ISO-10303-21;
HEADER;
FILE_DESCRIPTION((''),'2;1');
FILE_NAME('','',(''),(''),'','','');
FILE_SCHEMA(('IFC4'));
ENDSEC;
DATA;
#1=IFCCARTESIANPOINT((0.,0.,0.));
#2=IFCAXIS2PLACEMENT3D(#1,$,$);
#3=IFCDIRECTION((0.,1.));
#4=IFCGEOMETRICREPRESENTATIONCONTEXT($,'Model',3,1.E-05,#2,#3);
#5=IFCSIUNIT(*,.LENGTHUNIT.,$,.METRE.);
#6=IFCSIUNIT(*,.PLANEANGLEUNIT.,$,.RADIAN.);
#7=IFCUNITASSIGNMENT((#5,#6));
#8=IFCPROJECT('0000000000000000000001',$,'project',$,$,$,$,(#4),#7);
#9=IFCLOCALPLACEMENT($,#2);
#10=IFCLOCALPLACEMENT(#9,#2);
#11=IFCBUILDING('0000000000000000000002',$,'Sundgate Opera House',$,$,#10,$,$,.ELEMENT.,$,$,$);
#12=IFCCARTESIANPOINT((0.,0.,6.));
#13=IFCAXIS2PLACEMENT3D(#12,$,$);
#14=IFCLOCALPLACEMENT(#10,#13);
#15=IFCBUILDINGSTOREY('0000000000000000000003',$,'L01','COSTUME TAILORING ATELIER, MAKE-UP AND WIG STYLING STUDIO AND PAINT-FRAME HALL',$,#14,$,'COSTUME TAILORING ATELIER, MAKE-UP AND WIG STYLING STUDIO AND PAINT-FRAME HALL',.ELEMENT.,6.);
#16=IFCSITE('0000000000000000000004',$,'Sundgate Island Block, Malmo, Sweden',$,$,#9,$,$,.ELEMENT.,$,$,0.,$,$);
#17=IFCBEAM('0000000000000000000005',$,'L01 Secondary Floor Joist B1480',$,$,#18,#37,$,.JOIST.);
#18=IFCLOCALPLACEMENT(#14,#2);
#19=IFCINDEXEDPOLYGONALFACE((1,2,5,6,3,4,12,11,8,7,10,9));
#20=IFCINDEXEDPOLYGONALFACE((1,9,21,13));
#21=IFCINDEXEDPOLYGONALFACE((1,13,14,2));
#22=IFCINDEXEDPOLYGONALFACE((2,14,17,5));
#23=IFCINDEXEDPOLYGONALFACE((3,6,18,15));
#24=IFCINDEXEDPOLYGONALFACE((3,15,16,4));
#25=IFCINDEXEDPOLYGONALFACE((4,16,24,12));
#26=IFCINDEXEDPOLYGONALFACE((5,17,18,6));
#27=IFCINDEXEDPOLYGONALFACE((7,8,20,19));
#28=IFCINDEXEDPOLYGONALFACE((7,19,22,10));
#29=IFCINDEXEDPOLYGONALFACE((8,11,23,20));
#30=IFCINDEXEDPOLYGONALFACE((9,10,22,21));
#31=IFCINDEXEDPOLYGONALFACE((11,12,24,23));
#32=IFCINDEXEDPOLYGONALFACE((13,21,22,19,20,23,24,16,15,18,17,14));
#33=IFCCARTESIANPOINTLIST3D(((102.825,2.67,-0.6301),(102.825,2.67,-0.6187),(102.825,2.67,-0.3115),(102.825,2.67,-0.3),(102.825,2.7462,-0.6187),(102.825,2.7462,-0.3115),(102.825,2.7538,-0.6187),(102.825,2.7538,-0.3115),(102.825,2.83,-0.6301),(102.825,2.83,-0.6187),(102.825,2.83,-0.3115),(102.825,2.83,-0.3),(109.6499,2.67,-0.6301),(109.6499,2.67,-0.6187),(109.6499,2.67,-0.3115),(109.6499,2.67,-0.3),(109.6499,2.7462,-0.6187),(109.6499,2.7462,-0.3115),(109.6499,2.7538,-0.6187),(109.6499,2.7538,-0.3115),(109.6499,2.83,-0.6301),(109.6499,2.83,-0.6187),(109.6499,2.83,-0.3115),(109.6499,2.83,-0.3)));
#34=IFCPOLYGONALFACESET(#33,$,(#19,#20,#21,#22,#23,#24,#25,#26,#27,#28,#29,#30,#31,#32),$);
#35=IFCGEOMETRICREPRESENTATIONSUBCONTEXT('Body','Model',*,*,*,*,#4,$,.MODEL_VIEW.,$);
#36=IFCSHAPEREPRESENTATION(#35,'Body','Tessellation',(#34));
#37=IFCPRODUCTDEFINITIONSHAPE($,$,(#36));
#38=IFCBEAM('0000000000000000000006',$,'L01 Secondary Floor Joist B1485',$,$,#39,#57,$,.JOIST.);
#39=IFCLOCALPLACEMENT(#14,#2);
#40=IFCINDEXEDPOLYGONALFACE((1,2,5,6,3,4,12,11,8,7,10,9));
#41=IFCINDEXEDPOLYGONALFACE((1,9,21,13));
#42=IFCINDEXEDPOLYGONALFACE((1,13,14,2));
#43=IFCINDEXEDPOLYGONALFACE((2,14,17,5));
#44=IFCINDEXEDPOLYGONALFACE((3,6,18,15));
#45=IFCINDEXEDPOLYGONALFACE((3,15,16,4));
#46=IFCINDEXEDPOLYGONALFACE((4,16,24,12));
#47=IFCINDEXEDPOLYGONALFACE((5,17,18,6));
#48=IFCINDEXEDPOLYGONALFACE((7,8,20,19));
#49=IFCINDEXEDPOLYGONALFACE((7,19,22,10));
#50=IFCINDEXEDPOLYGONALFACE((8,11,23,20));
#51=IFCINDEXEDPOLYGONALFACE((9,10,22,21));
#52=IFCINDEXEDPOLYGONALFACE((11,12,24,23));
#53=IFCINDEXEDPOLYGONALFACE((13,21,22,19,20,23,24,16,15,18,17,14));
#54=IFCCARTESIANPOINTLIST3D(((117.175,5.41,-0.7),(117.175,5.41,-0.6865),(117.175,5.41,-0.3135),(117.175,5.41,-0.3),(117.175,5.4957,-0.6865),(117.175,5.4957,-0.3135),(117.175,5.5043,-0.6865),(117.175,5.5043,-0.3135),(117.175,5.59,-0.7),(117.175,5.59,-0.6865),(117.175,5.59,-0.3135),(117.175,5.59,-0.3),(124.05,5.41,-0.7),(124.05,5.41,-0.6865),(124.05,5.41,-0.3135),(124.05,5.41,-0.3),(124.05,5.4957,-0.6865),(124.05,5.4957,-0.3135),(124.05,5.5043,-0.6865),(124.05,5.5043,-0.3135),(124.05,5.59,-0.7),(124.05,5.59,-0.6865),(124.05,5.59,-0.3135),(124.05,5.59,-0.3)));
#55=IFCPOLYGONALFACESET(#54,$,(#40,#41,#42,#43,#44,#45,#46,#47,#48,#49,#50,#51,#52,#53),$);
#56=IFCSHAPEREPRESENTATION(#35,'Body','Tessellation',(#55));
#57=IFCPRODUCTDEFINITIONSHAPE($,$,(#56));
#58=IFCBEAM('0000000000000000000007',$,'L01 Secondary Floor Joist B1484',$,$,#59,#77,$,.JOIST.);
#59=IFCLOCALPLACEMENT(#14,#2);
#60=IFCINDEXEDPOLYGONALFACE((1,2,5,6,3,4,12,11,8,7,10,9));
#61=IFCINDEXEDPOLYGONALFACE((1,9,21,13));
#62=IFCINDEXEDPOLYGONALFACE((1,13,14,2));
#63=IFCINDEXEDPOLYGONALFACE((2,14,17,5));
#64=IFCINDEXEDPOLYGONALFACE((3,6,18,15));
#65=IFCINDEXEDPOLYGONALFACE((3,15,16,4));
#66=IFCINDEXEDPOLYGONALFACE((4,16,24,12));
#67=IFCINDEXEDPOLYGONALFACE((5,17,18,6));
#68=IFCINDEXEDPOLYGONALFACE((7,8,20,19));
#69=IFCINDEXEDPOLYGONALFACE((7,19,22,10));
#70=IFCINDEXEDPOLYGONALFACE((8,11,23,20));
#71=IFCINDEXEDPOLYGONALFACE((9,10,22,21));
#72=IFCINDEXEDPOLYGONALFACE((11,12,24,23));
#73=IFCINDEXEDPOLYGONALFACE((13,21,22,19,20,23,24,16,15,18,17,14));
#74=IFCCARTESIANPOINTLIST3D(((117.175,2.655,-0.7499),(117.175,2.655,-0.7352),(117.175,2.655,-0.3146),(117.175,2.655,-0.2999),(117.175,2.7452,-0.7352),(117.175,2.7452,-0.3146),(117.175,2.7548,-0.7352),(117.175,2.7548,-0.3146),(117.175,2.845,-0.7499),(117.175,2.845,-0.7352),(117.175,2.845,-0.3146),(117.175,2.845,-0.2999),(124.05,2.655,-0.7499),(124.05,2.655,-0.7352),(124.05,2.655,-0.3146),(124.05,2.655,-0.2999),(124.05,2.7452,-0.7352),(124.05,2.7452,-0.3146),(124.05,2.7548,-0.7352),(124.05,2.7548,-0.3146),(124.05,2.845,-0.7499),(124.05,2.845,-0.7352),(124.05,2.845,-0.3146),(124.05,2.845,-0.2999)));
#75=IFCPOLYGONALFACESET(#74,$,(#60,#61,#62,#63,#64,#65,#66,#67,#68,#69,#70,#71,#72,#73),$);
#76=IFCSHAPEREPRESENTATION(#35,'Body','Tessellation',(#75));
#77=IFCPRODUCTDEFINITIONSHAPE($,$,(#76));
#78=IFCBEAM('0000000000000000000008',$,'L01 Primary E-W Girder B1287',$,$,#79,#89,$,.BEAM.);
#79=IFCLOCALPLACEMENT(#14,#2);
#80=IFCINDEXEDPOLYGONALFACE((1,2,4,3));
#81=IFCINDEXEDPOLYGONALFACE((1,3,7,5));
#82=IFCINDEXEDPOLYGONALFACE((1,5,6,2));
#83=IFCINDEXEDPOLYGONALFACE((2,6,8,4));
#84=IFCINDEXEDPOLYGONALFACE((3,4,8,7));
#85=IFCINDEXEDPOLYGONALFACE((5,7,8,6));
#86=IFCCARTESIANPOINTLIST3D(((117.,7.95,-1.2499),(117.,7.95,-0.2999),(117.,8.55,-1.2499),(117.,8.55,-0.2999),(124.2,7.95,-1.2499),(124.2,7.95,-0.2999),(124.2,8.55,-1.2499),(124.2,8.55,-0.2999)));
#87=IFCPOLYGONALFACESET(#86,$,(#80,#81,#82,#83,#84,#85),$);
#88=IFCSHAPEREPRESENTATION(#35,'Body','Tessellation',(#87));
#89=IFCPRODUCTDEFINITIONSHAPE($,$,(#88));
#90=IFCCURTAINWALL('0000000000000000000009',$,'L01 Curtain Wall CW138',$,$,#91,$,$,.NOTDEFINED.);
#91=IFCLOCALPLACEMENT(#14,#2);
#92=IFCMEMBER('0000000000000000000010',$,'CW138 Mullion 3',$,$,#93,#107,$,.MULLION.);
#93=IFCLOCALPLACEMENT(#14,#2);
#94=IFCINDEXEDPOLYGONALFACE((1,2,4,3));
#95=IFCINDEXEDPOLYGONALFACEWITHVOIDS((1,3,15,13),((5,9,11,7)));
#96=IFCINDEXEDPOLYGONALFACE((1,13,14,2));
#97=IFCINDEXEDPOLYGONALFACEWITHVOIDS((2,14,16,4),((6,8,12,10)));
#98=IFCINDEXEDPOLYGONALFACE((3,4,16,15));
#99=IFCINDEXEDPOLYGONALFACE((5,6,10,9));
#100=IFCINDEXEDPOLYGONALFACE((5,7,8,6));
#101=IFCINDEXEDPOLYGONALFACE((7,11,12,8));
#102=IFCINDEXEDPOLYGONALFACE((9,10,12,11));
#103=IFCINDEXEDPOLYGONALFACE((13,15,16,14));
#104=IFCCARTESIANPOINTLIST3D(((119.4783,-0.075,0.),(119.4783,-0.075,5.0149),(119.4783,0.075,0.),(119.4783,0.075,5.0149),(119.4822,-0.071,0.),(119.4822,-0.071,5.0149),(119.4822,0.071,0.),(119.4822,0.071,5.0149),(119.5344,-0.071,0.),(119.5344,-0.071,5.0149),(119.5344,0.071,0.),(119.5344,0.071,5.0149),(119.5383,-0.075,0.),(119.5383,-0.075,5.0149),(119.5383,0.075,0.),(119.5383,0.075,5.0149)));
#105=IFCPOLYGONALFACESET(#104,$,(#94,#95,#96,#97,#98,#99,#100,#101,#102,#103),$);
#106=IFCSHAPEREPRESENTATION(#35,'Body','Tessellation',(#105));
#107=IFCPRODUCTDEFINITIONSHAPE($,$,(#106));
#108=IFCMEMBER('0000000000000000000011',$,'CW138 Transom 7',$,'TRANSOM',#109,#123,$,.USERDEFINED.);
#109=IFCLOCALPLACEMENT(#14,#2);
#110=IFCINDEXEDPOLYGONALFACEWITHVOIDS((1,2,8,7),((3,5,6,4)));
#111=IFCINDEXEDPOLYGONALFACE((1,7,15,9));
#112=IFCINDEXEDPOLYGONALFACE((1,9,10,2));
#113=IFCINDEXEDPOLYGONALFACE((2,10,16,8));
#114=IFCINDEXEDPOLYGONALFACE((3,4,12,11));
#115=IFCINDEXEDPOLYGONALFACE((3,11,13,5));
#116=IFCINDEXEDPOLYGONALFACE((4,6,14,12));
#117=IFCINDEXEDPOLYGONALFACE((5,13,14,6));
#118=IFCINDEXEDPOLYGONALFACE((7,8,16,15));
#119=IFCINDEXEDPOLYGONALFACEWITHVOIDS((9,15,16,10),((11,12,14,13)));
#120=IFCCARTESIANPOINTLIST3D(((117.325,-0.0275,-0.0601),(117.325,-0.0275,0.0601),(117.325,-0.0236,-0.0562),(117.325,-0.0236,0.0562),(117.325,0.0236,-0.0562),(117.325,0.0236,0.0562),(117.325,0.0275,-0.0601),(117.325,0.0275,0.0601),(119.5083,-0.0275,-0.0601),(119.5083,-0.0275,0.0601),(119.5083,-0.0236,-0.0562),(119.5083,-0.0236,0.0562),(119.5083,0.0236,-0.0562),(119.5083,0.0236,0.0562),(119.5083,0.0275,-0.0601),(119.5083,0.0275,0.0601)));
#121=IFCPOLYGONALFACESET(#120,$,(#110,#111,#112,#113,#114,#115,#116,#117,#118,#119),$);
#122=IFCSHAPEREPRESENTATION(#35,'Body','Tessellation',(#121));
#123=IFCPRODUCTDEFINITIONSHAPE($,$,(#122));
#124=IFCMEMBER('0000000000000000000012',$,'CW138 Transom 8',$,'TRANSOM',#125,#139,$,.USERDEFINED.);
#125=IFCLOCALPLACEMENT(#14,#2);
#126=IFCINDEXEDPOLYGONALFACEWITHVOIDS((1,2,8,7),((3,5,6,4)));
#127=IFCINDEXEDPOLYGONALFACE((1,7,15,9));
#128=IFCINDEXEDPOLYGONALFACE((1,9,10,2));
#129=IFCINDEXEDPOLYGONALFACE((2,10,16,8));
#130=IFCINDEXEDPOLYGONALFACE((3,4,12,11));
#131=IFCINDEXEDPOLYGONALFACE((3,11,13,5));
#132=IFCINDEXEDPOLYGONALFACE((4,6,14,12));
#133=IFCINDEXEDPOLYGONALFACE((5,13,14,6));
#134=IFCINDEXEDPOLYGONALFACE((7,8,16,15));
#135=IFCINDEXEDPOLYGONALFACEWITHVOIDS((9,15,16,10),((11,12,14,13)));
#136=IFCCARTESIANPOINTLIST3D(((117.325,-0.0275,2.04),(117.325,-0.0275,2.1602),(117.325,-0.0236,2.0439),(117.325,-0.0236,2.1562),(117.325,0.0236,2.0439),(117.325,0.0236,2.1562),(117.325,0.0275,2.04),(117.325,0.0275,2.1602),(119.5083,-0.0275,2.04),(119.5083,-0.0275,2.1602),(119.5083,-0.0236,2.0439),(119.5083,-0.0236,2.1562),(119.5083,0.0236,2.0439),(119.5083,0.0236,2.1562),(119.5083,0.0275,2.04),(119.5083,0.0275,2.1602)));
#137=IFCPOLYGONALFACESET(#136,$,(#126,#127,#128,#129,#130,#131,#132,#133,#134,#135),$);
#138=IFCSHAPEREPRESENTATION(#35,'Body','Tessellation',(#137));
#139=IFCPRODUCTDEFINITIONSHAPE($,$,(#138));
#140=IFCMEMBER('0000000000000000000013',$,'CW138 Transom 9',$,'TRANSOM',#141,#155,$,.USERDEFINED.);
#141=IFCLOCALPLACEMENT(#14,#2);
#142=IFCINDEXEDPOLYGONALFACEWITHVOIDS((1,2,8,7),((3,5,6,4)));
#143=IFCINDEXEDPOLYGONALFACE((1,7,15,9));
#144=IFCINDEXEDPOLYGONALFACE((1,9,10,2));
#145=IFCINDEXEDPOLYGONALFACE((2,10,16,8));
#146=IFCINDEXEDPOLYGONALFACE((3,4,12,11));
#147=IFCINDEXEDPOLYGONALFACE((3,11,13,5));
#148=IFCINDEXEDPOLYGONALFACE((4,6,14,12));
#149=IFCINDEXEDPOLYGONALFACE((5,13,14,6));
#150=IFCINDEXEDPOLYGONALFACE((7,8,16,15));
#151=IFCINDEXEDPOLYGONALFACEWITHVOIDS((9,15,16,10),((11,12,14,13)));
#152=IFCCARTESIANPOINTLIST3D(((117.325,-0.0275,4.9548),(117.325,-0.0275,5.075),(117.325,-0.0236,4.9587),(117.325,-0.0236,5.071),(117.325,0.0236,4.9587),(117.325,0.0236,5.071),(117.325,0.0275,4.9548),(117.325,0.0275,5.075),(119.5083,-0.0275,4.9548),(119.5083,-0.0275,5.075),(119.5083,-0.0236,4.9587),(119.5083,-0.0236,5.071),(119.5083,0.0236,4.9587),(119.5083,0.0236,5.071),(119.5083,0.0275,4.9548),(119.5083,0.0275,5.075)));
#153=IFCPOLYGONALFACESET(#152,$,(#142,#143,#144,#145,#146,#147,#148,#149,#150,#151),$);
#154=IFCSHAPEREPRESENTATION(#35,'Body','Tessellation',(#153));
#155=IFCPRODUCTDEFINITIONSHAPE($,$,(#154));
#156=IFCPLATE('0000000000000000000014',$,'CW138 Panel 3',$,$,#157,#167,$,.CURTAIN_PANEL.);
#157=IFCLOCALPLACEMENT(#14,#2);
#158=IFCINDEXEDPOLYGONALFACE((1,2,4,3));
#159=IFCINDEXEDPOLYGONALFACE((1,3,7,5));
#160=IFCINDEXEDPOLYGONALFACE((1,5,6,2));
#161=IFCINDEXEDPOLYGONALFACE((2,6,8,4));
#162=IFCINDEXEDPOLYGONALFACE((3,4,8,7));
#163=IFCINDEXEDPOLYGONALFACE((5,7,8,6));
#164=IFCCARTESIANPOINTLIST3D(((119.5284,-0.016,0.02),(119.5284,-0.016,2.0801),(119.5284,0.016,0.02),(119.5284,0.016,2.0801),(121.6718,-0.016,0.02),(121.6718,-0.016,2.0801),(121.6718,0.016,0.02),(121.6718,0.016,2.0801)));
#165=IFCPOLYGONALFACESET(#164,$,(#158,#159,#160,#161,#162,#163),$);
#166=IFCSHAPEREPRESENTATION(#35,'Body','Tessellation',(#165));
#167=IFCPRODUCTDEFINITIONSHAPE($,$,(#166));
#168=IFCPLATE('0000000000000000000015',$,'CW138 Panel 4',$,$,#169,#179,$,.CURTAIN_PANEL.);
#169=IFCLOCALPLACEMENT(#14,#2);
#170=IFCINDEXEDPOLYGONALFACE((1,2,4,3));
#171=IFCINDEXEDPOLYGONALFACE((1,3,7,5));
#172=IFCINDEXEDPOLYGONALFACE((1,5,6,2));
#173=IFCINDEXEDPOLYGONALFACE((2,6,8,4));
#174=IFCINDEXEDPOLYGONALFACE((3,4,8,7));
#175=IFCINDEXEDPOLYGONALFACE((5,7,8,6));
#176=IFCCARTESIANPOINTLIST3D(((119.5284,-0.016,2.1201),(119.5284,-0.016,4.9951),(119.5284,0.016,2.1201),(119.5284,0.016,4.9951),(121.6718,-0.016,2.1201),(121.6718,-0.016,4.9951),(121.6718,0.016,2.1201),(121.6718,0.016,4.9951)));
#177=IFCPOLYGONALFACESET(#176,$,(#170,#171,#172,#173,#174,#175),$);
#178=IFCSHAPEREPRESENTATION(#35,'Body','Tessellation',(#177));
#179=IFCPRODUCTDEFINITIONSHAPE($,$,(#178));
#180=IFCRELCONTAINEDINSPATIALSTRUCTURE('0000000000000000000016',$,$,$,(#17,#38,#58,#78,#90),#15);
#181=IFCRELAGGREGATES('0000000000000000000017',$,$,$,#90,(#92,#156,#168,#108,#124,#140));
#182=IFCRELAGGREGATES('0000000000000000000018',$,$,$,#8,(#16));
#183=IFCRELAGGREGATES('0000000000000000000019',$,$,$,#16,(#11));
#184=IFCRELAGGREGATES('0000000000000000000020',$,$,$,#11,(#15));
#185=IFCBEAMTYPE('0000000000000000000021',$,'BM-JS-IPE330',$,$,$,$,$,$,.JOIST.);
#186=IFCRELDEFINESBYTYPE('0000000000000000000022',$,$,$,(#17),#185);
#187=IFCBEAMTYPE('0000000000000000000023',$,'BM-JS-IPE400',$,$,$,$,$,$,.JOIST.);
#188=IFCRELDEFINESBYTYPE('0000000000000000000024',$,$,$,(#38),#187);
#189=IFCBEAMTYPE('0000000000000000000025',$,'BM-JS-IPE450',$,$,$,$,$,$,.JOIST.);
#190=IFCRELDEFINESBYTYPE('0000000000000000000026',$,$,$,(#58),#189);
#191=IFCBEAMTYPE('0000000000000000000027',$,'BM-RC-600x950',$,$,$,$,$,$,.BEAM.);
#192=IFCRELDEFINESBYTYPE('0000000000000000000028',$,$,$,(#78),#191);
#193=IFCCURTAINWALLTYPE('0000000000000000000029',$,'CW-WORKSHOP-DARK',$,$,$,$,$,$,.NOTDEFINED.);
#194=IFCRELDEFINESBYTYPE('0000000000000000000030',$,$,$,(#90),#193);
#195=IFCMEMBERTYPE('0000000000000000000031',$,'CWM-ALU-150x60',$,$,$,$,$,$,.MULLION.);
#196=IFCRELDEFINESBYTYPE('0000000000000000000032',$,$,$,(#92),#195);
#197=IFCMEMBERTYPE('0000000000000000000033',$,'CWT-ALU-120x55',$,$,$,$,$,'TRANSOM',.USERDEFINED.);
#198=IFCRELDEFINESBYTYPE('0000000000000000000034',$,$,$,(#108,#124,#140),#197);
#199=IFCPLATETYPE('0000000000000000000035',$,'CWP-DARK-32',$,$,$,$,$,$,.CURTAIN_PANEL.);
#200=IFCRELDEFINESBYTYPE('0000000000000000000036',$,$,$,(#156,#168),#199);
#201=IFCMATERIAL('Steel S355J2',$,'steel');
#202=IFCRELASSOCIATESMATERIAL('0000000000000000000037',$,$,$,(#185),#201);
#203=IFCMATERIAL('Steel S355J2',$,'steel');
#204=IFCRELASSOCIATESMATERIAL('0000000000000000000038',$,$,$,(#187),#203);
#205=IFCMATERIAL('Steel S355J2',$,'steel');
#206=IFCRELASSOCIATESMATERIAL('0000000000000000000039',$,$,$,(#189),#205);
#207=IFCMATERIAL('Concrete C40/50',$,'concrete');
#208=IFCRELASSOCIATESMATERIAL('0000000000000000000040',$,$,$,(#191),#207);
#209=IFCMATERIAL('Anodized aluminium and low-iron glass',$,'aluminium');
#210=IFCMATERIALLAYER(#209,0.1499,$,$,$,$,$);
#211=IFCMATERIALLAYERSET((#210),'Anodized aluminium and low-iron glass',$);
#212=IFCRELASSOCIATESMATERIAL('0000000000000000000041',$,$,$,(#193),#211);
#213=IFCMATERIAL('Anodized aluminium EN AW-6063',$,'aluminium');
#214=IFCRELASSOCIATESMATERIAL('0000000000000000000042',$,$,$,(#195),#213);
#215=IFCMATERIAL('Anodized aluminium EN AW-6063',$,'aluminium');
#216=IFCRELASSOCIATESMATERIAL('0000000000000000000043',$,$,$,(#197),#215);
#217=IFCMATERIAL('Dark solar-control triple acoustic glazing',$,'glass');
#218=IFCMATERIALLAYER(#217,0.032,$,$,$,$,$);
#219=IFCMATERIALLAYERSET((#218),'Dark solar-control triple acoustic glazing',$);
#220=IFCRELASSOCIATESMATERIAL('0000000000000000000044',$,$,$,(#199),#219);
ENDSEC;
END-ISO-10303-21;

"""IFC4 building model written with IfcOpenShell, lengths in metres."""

from ifc_helpers import new_model, si_unit, direction, frame, origin, origin_2d, place, context, subcontext, project, spatial, rectangle, hollow_rectangle, i_section, extrude, material, layer, layer_set, material_profile, profile_set, type_object, element, aggregate, save


model = new_model("IFC4")

# Units and contexts
model_context = context("Model", 3, precision=1e-05, world=origin(), true_north=direction((0.0, 1.0)))
body_context = subcontext(model_context, "Body", "Model", "MODEL_VIEW")
ifc_project = project(units=[si_unit("LENGTHUNIT", "METRE"), si_unit("PLANEANGLEUNIT", "RADIAN")], contexts=[model_context])

# Site, building, storey
site_placement = place(None, origin())
site = spatial("IfcSite", under=ifc_project, at=site_placement, Name="Sundgate Island Block, Malmo, Sweden", CompositionType="ELEMENT", RefElevation=0.0)
building_placement = place(site_placement, origin())
building = spatial("IfcBuilding", under=site, at=building_placement, Name="Sundgate Opera House", CompositionType="ELEMENT")
storey_placement = place(building_placement, frame((0.0, 0.0, 6.0)))
storey = spatial("IfcBuildingStorey", under=building, at=storey_placement, Name="L01", Description="COSTUME TAILORING ATELIER, MAKE-UP AND WIG STYLING STUDIO AND PAINT-FRAME HALL", LongName="COSTUME TAILORING ATELIER, MAKE-UP AND WIG STYLING STUDIO AND PAINT-FRAME HALL", CompositionType="ELEMENT", Elevation=6.0)

# Beams
ifc_material_1 = material(Name="Steel S355J2", Category="steel")
ifc_material_profile_1 = material_profile(ifc_material_1, i_section(OverallWidth=0.1599, OverallDepth=0.3301, WebThickness=0.0076, FlangeThickness=0.0115, at=origin_2d()), Name="IPE 330")
ifc_profile_set_1 = profile_set([ifc_material_profile_1], Name="Steel S355J2")
beam_type_1 = type_object("IfcBeamType", Name="BM-JS-IPE330", PredefinedType="JOIST", material=ifc_profile_set_1)
beam_1_placement = place(storey_placement, frame((102.825, 2.75, -0.4651), z_axis=(1.0, 0.0, 0.0), x_axis=(0.0, 1.0, 0.0)))
element("IfcBeam", 1, at=beam_1_placement, inside=storey, type_object=beam_type_1, Name="L01 Secondary Floor Joist B1480", PredefinedType="JOIST", context=body_context, shape_type="SweptSolid", body=[
    extrude(i_section(OverallWidth=0.1599, OverallDepth=0.3301, WebThickness=0.0076, FlangeThickness=0.0115, at=origin_2d()), origin(), (0.0, 0.0, 1.0), 6.825),
])
ifc_material_2 = material(Name="Steel S355J2", Category="steel")
ifc_material_profile_2 = material_profile(ifc_material_2, i_section(OverallWidth=0.1799, OverallDepth=0.3999, WebThickness=0.0085, FlangeThickness=0.0134, at=origin_2d()), Name="IPE 400")
ifc_profile_set_2 = profile_set([ifc_material_profile_2], Name="Steel S355J2")
beam_type_2 = type_object("IfcBeamType", Name="BM-JS-IPE400", PredefinedType="JOIST", material=ifc_profile_set_2)
beam_2_placement = place(storey_placement, frame((117.175, 5.5, -0.5), z_axis=(1.0, 0.0, 0.0), x_axis=(0.0, 1.0, 0.0)))
element("IfcBeam", 2, at=beam_2_placement, inside=storey, type_object=beam_type_2, Name="L01 Secondary Floor Joist B1485", PredefinedType="JOIST", context=body_context, shape_type="SweptSolid", body=[
    extrude(i_section(OverallWidth=0.1799, OverallDepth=0.3999, WebThickness=0.0085, FlangeThickness=0.0134, at=origin_2d()), origin(), (0.0, 0.0, 1.0), 6.875),
])
ifc_material_3 = material(Name="Steel S355J2", Category="steel")
ifc_material_profile_3 = material_profile(ifc_material_3, i_section(OverallWidth=0.1899, OverallDepth=0.45, WebThickness=0.0095, FlangeThickness=0.0146, at=origin_2d()), Name="IPE 450")
ifc_profile_set_3 = profile_set([ifc_material_profile_3], Name="Steel S355J2")
beam_type_3 = type_object("IfcBeamType", Name="BM-JS-IPE450", PredefinedType="JOIST", material=ifc_profile_set_3)
beam_3_placement = place(storey_placement, frame((117.175, 2.75, -0.5249), z_axis=(1.0, 0.0, 0.0), x_axis=(0.0, 1.0, 0.0)))
element("IfcBeam", 3, at=beam_3_placement, inside=storey, type_object=beam_type_3, Name="L01 Secondary Floor Joist B1484", PredefinedType="JOIST", context=body_context, shape_type="SweptSolid", body=[
    extrude(i_section(OverallWidth=0.1899, OverallDepth=0.45, WebThickness=0.0095, FlangeThickness=0.0146, at=origin_2d()), origin(), (0.0, 0.0, 1.0), 6.875),
])
ifc_material_4 = material(Name="Concrete C40/50", Category="concrete")
ifc_material_profile_4 = material_profile(ifc_material_4, rectangle(XDim=0.6001, YDim=0.95, at=origin_2d()), Name="RC 600x950")
ifc_profile_set_4 = profile_set([ifc_material_profile_4], Name="Concrete C40/50")
beam_type_4 = type_object("IfcBeamType", Name="BM-RC-600x950", PredefinedType="BEAM", material=ifc_profile_set_4)
beam_4_placement = place(storey_placement, frame((117.0, 8.25, -0.7749), z_axis=(1.0, 0.0, 0.0), x_axis=(0.0, 1.0, 0.0)))
element("IfcBeam", 4, at=beam_4_placement, inside=storey, type_object=beam_type_4, Name="L01 Primary E-W Girder B1287", PredefinedType="BEAM", context=body_context, shape_type="SweptSolid", body=[
    extrude(rectangle(XDim=0.6001, YDim=0.95, at=origin_2d()), origin(), (0.0, 0.0, 1.0), 7.2),
])

# Curtain wall, members, plates
ifc_material_5 = material(Name="Anodized aluminium and low-iron glass", Category="aluminium")
ifc_layer_1 = layer(ifc_material_5, 0.1499)
ifc_layer_set_1 = layer_set([ifc_layer_1], Name="Anodized aluminium and low-iron glass")
curtain_wall_type = type_object("IfcCurtainWallType", Name="CW-WORKSHOP-DARK", PredefinedType="NOTDEFINED", material=ifc_layer_set_1)
curtain_wall_placement = place(storey_placement, origin())
curtain_wall = element("IfcCurtainWall", 5, at=curtain_wall_placement, inside=storey, type_object=curtain_wall_type, Name="L01 Curtain Wall CW138", PredefinedType="NOTDEFINED")
ifc_material_6 = material(Name="Anodized aluminium EN AW-6063", Category="aluminium")
ifc_material_profile_5 = material_profile(ifc_material_6, hollow_rectangle(XDim=0.0601, YDim=0.1499, WallThickness=0.0039, at=origin_2d()), Name="CWM 150x60x4")
ifc_profile_set_5 = profile_set([ifc_material_profile_5], Name="Anodized aluminium EN AW-6063")
member_type_1 = type_object("IfcMemberType", Name="CWM-ALU-150x60", PredefinedType="MULLION", material=ifc_profile_set_5)
member_1_placement = place(storey_placement, frame((119.5083, 0.0, 0.0), z_axis=(0.0, 0.0, 1.0), x_axis=(1.0, 0.0, 0.0)))
member_1 = element("IfcMember", 6, at=member_1_placement, type_object=member_type_1, Name="CW138 Mullion 3", PredefinedType="MULLION", context=body_context, shape_type="SweptSolid", body=[
    extrude(hollow_rectangle(XDim=0.0601, YDim=0.1499, WallThickness=0.0039, at=origin_2d()), origin(), (0.0, 0.0, 1.0), 5.0149),
])
ifc_material_7 = material(Name="Anodized aluminium EN AW-6063", Category="aluminium")
ifc_material_profile_6 = material_profile(ifc_material_7, hollow_rectangle(XDim=0.0549, YDim=0.1201, WallThickness=0.0039, at=origin_2d()), Name="CWT 120x55x4")
ifc_profile_set_6 = profile_set([ifc_material_profile_6], Name="Anodized aluminium EN AW-6063")
member_type_2 = type_object("IfcMemberType", Name="CWT-ALU-120x55", ElementType="TRANSOM", PredefinedType="USERDEFINED", material=ifc_profile_set_6)
member_2_placement = place(storey_placement, frame((119.5083, 0.0, 0.0), z_axis=(-1.0, 0.0, 0.0), x_axis=(0.0, -1.0, 0.0)))
member_2 = element("IfcMember", 7, at=member_2_placement, type_object=member_type_2, Name="CW138 Transom 7", ObjectType="TRANSOM", PredefinedType="USERDEFINED", context=body_context, shape_type="SweptSolid", body=[
    extrude(hollow_rectangle(XDim=0.0549, YDim=0.1201, WallThickness=0.0039, at=origin_2d()), origin(), (0.0, 0.0, 1.0), 2.1833),
])
member_3_placement = place(storey_placement, frame((119.5083, 0.0, 2.1001), z_axis=(-1.0, 0.0, 0.0), x_axis=(0.0, -1.0, 0.0)))
member_3 = element("IfcMember", 8, at=member_3_placement, type_object=member_type_2, Name="CW138 Transom 8", ObjectType="TRANSOM", PredefinedType="USERDEFINED", context=body_context, shape_type="SweptSolid", body=[
    extrude(hollow_rectangle(XDim=0.0549, YDim=0.1201, WallThickness=0.0039, at=origin_2d()), origin(), (0.0, 0.0, 1.0), 2.1833),
])
member_4_placement = place(storey_placement, frame((119.5083, 0.0, 5.0149), z_axis=(-1.0, 0.0, 0.0), x_axis=(0.0, -1.0, 0.0)))
member_4 = element("IfcMember", 9, at=member_4_placement, type_object=member_type_2, Name="CW138 Transom 9", ObjectType="TRANSOM", PredefinedType="USERDEFINED", context=body_context, shape_type="SweptSolid", body=[
    extrude(hollow_rectangle(XDim=0.0549, YDim=0.1201, WallThickness=0.0039, at=origin_2d()), origin(), (0.0, 0.0, 1.0), 2.1833),
])
ifc_material_8 = material(Name="Dark solar-control triple acoustic glazing", Category="glass")
ifc_layer_2 = layer(ifc_material_8, 0.032)
ifc_layer_set_2 = layer_set([ifc_layer_2], Name="Dark solar-control triple acoustic glazing")
plate_type_1 = type_object("IfcPlateType", Name="CWP-DARK-32", PredefinedType="CURTAIN_PANEL", material=ifc_layer_set_2)
plate_1_placement = place(storey_placement, frame((120.6001, 0.0, 0.02), z_axis=(0.0, 0.0, 1.0), x_axis=(-1.0, 0.0, 0.0)))
plate_1 = element("IfcPlate", 10, at=plate_1_placement, type_object=plate_type_1, Name="CW138 Panel 3", PredefinedType="CURTAIN_PANEL", context=body_context, shape_type="SweptSolid", body=[
    extrude(rectangle(XDim=2.1433, YDim=0.032, at=origin_2d()), origin(), (0.0, 0.0, 1.0), 2.0601),
])
plate_2_placement = place(storey_placement, frame((120.6001, 0.0, 2.1201), z_axis=(0.0, 0.0, 1.0), x_axis=(-1.0, 0.0, 0.0)))
plate_2 = element("IfcPlate", 11, at=plate_2_placement, type_object=plate_type_1, Name="CW138 Panel 4", PredefinedType="CURTAIN_PANEL", context=body_context, shape_type="SweptSolid", body=[
    extrude(rectangle(XDim=2.1433, YDim=0.032, at=origin_2d()), origin(), (0.0, 0.0, 1.0), 2.875),
])
aggregate(curtain_wall, [member_1, plate_1, plate_2, member_2, member_3, member_4])

save(model, "model.ifc")
